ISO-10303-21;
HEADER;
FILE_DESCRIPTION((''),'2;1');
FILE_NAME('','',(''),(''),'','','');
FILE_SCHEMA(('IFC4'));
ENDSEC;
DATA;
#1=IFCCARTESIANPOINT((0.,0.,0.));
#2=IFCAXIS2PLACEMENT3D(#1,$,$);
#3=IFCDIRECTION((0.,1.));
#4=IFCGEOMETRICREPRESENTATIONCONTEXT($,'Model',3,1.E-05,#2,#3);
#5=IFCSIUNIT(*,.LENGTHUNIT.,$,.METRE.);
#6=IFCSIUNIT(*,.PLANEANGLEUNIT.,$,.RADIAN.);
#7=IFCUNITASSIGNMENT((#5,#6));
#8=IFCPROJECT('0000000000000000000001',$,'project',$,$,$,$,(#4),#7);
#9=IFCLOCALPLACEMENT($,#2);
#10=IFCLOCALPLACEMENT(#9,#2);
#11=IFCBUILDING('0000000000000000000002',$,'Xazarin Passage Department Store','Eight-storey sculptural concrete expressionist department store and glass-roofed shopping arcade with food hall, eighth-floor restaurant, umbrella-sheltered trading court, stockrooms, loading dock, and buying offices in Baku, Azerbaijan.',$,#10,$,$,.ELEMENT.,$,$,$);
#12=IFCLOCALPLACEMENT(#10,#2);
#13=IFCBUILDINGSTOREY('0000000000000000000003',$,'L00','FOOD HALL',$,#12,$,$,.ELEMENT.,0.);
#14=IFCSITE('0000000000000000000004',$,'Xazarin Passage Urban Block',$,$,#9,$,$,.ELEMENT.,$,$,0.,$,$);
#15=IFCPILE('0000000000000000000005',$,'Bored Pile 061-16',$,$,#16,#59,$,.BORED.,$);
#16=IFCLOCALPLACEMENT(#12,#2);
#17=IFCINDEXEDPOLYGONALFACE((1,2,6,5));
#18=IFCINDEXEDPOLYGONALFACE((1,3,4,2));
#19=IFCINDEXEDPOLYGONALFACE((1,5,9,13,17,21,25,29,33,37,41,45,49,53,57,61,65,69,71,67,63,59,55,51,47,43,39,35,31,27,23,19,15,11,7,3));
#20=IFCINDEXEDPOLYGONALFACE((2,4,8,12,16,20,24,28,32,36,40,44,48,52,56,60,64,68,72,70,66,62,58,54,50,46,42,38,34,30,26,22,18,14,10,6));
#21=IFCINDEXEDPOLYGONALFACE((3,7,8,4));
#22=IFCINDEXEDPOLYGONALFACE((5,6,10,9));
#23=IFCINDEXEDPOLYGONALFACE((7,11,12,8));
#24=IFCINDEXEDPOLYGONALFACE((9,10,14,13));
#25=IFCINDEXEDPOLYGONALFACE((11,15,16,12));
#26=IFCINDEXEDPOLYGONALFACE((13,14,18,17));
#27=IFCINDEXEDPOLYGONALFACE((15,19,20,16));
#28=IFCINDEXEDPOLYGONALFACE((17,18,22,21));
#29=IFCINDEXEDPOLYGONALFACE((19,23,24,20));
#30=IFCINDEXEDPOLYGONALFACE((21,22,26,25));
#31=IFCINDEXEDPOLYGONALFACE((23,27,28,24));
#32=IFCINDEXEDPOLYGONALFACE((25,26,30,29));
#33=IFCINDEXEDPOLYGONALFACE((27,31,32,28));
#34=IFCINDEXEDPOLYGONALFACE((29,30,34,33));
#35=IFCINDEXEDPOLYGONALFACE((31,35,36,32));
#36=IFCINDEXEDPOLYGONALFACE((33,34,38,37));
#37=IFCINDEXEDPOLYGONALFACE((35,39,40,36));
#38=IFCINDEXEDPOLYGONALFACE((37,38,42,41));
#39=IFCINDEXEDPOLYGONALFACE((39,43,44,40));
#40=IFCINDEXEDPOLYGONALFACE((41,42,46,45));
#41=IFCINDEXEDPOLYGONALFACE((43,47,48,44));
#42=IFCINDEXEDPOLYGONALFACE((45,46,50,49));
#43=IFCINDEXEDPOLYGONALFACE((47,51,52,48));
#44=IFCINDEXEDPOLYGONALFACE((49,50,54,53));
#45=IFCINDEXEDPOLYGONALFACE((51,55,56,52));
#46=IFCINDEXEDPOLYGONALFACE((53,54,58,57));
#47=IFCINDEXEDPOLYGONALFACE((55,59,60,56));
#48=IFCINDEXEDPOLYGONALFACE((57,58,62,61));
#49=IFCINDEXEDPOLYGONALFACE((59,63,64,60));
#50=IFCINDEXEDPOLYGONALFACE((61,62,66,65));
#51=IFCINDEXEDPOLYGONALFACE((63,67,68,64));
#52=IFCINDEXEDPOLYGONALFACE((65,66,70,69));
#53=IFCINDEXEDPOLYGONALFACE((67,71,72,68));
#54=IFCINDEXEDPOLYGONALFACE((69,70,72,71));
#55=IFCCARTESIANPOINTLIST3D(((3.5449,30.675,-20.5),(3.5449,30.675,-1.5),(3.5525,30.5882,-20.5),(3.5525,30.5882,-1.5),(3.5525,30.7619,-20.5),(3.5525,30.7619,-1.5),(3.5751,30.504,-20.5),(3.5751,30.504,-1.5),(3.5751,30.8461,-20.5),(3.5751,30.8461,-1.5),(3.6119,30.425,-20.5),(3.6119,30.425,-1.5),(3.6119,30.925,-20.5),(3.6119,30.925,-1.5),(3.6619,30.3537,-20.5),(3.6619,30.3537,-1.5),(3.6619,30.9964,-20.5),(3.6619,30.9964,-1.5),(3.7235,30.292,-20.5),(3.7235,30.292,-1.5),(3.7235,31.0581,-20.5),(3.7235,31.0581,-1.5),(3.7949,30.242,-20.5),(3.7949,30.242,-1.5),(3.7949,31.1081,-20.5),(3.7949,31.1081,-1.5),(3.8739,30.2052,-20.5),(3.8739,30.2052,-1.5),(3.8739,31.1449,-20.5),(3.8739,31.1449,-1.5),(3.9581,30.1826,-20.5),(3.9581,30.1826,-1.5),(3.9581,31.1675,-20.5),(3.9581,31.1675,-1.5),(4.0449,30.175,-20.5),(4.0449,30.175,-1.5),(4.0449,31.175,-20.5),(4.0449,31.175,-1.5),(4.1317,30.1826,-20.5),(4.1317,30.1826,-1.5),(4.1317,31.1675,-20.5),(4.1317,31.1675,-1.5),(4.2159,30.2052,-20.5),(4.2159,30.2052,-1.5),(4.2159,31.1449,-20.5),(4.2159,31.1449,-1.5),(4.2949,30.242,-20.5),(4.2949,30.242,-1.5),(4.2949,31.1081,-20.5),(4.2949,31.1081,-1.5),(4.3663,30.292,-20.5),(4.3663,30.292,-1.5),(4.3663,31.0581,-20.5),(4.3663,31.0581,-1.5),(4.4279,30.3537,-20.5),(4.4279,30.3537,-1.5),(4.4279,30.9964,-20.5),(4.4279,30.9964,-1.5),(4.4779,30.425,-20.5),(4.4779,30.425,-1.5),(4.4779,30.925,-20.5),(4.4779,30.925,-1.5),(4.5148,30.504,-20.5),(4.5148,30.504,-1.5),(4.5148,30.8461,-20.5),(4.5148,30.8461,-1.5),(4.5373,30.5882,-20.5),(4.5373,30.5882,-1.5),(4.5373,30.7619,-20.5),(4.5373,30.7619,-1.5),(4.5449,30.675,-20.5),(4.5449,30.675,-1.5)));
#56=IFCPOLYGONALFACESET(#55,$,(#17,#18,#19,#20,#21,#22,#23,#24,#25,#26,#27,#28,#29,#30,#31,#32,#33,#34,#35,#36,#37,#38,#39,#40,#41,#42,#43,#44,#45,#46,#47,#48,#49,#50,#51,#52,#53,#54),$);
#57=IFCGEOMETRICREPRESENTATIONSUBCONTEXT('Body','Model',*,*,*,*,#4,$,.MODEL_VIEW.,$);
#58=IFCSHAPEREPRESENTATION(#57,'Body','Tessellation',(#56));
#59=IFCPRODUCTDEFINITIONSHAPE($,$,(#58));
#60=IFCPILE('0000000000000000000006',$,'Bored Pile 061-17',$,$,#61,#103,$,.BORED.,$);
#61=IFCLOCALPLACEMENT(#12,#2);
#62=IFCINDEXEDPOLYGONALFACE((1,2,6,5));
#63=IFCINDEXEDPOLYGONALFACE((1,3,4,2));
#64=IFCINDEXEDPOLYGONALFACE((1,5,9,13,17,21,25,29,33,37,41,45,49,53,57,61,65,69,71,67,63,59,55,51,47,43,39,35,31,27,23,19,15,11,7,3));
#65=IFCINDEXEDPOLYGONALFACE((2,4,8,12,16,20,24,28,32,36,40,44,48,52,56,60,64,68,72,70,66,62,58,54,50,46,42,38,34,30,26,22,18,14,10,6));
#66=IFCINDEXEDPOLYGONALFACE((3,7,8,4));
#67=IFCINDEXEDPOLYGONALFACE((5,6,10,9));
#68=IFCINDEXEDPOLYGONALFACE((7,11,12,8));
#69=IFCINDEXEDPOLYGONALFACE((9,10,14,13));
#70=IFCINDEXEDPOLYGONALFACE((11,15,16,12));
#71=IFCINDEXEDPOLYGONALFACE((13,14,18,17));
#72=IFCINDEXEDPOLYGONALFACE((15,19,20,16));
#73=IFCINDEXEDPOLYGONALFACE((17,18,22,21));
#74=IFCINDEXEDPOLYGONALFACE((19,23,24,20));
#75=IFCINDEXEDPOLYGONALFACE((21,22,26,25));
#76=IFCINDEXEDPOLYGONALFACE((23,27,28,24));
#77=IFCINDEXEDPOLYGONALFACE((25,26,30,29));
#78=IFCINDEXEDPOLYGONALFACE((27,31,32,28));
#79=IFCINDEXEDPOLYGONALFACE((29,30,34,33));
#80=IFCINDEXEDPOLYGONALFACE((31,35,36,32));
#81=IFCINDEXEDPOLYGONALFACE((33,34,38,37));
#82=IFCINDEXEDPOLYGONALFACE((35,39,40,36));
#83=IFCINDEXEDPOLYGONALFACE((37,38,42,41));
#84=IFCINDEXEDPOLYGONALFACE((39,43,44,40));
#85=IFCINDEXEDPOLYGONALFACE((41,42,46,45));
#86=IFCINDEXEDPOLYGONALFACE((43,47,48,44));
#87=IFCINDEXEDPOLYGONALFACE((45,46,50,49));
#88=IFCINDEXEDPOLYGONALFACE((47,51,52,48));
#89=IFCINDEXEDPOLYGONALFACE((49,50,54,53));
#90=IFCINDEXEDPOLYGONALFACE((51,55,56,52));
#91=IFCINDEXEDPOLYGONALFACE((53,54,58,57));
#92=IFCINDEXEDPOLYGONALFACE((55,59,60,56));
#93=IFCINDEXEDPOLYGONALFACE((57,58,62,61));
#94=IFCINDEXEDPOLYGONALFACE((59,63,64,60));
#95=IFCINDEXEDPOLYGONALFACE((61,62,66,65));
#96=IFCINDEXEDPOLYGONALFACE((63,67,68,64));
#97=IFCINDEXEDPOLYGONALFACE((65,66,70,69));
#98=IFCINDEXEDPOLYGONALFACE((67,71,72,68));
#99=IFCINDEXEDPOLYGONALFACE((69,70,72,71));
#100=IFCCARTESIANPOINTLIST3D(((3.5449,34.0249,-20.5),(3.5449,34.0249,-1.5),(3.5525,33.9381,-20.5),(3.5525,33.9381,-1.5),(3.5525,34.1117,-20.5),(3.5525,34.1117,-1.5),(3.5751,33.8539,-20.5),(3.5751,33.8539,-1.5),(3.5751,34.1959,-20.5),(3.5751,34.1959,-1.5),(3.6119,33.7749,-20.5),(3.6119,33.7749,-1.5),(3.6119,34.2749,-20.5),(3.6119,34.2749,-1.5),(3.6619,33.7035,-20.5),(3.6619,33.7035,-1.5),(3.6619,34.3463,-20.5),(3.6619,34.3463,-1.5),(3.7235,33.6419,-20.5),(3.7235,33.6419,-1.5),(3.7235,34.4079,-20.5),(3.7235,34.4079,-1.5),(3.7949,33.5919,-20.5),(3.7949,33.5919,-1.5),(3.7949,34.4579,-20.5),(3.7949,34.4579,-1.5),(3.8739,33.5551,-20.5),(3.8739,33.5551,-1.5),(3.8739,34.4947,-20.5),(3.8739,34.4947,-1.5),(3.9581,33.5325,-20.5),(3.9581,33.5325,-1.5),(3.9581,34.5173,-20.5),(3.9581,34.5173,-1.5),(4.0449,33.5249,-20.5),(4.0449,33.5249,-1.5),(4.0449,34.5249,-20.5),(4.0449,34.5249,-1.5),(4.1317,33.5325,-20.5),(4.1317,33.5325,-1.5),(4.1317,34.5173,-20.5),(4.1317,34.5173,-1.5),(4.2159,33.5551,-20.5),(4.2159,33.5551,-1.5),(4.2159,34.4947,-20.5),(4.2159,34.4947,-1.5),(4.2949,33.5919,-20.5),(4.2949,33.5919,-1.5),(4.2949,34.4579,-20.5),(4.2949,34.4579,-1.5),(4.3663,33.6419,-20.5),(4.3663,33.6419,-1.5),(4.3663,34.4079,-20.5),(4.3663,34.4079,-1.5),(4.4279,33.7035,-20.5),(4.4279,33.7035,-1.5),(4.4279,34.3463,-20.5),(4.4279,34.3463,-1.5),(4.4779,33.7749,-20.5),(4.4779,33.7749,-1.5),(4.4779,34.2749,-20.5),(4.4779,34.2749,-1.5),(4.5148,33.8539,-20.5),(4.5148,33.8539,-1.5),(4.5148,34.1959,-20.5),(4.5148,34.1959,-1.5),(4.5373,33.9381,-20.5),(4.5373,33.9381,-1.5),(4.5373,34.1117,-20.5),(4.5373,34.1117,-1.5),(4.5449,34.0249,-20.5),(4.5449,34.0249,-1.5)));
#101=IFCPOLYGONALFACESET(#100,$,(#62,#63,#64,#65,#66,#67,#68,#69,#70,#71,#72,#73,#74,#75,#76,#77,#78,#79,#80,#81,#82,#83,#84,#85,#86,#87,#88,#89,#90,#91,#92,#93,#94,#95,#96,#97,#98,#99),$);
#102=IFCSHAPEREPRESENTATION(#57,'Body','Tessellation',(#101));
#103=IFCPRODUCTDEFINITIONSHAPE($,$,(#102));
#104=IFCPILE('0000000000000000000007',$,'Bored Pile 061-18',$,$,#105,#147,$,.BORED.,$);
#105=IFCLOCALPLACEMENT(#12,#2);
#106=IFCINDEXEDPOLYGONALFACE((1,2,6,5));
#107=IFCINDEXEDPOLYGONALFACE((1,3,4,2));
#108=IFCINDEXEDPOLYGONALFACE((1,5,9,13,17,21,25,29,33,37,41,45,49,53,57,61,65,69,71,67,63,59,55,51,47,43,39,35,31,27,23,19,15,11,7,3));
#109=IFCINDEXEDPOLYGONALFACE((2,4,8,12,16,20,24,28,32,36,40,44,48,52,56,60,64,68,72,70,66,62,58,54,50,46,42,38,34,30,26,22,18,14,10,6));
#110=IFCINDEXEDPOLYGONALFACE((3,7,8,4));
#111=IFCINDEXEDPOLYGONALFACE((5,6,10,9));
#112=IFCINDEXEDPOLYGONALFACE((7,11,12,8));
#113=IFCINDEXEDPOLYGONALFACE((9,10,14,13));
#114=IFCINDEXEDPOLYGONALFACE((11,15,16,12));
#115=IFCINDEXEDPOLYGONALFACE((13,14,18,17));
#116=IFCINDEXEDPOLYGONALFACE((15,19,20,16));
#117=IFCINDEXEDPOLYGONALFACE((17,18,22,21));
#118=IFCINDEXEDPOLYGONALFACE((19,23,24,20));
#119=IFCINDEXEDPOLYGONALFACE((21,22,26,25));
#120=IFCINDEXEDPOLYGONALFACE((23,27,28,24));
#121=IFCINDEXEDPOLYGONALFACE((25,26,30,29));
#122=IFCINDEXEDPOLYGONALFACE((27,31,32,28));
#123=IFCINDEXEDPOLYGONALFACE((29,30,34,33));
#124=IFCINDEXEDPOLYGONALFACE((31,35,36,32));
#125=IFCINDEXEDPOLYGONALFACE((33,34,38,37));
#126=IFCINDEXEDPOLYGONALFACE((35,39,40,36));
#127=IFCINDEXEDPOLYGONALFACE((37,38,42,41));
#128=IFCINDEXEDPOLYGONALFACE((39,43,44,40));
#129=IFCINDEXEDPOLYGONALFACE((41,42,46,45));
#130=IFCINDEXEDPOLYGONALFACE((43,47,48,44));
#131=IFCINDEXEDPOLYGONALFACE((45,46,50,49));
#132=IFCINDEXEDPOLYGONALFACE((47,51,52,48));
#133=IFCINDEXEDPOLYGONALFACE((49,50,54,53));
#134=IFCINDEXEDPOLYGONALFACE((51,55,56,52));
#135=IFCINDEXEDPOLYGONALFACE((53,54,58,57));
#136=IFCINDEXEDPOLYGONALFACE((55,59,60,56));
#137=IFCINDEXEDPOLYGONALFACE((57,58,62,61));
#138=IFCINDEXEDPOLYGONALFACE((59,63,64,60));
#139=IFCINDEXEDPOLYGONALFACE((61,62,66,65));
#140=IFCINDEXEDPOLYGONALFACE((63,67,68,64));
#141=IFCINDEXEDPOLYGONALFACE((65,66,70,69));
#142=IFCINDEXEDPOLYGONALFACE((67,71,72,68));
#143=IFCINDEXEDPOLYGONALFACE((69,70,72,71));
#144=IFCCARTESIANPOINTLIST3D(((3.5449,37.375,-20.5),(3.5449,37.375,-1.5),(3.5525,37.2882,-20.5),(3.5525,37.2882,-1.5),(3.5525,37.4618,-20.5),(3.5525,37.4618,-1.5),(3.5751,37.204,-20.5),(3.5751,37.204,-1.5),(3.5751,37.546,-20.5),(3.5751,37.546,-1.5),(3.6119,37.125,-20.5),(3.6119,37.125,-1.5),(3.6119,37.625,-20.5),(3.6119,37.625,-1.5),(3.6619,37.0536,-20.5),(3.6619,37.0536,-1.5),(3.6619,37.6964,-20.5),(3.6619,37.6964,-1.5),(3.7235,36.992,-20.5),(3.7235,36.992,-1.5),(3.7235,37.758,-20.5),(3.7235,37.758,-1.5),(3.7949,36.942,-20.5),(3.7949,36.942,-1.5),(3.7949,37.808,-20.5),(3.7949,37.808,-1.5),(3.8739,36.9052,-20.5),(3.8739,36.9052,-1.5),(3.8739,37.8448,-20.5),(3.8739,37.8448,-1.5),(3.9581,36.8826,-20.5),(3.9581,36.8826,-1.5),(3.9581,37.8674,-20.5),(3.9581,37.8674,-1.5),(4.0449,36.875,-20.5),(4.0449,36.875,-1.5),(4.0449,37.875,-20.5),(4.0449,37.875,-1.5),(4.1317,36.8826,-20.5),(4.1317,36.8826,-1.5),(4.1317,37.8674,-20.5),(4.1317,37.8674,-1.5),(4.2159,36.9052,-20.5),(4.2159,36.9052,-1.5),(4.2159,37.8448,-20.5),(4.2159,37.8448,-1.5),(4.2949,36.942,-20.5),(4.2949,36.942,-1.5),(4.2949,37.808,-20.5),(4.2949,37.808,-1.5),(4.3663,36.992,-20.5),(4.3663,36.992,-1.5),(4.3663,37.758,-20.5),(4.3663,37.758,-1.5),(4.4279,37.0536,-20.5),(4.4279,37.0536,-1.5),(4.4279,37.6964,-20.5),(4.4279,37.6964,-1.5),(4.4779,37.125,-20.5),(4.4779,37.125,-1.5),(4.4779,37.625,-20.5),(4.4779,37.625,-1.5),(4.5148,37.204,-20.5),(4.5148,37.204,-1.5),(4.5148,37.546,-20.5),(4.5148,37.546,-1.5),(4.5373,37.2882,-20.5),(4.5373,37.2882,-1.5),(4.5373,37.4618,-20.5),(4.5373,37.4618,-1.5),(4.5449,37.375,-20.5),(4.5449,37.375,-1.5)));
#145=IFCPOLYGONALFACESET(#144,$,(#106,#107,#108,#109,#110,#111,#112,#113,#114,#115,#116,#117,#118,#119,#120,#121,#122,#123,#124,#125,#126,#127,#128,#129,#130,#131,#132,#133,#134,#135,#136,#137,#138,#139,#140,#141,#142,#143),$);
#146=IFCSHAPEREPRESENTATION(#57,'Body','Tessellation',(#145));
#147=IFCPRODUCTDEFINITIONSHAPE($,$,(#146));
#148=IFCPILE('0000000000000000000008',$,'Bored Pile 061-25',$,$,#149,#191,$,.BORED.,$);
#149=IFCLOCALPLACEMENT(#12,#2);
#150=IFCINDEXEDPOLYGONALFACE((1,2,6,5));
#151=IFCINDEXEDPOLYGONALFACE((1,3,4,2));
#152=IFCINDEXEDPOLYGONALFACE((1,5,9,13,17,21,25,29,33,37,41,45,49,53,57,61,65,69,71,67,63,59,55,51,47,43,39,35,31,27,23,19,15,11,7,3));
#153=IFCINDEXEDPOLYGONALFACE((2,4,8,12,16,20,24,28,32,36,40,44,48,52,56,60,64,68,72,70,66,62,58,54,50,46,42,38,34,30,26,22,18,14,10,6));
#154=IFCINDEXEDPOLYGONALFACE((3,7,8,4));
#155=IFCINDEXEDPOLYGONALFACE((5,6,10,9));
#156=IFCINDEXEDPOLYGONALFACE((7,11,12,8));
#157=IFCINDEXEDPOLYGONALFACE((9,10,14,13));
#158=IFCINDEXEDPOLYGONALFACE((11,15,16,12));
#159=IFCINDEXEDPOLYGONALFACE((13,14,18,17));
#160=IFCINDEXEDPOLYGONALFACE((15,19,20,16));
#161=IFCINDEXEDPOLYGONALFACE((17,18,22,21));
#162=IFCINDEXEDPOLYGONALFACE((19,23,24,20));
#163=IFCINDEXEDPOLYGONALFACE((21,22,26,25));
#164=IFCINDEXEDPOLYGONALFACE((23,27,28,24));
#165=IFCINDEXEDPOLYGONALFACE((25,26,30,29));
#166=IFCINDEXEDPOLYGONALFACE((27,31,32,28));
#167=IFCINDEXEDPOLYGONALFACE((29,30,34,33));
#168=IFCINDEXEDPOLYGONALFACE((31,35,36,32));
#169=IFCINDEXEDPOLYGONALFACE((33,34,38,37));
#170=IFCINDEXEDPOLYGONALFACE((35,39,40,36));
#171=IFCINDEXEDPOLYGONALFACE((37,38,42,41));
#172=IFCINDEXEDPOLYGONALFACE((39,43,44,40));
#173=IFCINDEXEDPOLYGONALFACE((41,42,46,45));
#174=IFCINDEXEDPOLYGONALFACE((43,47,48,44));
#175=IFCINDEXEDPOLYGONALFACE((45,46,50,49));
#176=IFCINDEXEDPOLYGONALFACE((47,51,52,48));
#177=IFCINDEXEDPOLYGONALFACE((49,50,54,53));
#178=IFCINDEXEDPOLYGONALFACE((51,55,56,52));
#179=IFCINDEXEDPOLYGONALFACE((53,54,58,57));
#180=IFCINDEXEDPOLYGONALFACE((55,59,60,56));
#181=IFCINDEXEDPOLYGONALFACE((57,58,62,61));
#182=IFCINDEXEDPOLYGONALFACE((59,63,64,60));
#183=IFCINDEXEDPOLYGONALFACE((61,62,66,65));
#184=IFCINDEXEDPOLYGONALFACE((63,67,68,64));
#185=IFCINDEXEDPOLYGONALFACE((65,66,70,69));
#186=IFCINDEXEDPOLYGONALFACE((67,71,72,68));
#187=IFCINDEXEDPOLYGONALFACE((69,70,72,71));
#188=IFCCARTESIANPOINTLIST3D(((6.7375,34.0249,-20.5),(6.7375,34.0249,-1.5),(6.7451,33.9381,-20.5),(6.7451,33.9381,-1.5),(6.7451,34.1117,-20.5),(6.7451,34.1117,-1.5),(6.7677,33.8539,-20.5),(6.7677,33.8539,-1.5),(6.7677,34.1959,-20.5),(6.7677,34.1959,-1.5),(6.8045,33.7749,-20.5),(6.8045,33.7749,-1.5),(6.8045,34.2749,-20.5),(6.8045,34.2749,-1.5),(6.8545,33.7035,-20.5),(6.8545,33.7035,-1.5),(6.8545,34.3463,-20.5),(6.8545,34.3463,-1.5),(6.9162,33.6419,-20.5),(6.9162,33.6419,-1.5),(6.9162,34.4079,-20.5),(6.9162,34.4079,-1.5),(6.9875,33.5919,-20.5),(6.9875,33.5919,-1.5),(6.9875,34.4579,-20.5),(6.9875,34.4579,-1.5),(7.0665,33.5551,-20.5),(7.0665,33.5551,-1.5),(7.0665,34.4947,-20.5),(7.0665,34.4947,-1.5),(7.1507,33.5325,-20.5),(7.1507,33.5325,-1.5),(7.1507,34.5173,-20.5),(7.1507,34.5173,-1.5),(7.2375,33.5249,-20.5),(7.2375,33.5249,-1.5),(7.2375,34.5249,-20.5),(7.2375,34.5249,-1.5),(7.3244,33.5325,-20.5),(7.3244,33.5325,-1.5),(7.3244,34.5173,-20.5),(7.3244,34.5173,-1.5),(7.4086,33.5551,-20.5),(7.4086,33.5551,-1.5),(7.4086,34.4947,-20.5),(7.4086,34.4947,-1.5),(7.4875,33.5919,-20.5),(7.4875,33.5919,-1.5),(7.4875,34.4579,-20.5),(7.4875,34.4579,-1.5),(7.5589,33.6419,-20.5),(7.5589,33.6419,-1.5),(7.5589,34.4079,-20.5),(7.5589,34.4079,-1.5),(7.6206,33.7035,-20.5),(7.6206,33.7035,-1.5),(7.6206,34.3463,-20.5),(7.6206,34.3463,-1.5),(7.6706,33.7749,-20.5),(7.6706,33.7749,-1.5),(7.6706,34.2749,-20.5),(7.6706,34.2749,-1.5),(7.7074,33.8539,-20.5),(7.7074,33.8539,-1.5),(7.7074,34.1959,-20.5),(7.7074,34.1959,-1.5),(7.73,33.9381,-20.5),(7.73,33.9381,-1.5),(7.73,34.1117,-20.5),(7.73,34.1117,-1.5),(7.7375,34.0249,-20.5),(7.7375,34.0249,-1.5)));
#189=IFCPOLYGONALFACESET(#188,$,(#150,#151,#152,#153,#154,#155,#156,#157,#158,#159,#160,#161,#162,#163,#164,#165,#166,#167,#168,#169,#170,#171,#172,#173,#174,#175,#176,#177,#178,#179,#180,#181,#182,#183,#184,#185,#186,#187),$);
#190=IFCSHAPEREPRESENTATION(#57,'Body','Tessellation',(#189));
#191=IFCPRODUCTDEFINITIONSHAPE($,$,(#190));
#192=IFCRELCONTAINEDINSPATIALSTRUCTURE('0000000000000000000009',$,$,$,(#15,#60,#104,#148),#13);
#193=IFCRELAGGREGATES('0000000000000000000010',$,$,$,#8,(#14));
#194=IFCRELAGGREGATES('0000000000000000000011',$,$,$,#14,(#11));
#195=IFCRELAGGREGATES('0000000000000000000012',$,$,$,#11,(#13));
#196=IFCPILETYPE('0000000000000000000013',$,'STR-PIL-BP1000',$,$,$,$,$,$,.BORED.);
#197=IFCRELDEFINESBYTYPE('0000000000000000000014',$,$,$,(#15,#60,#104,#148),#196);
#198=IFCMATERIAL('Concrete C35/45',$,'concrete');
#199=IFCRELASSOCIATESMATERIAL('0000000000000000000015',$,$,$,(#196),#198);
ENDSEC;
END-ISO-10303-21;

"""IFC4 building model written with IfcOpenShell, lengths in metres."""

from ifc_helpers import new_model, si_unit, direction, frame, origin, origin_2d, place, context, subcontext, project, spatial, circle, extrude, material, material_profile, profile_set, type_object, element, save


model = new_model("IFC4")

# Units and contexts
model_context = context("Model", 3, precision=1e-05, world=origin(), true_north=direction((0.0, 1.0)))
body_context = subcontext(model_context, "Body", "Model", "MODEL_VIEW")
ifc_project = project(units=[si_unit("LENGTHUNIT", "METRE"), si_unit("PLANEANGLEUNIT", "RADIAN")], contexts=[model_context])

# Site, building, storey
site_placement = place(None, origin())
site = spatial("IfcSite", under=ifc_project, at=site_placement, Name="Xazarin Passage Urban Block", CompositionType="ELEMENT", RefElevation=0.0)
building_placement = place(site_placement, origin())
building = spatial("IfcBuilding", under=site, at=building_placement, Name="Xazarin Passage Department Store", Description="Eight-storey sculptural concrete expressionist department store and glass-roofed shopping arcade with food hall, eighth-floor restaurant, umbrella-sheltered trading court, stockrooms, loading dock, and buying offices in Baku, Azerbaijan.", CompositionType="ELEMENT")
storey_placement = place(building_placement, origin())
storey = spatial("IfcBuildingStorey", under=building, at=storey_placement, Name="L00", Description="FOOD HALL", CompositionType="ELEMENT", Elevation=0.0)

# Piles
ifc_material_1 = material(Name="Concrete C35/45", Category="concrete")
ifc_material_profile_1 = material_profile(ifc_material_1, circle(Radius=0.5, at=origin_2d()), Name="BP 1000")
ifc_profile_set_1 = profile_set([ifc_material_profile_1], Name="Concrete C35/45")
pile_type_1 = type_object("IfcPileType", Name="STR-PIL-BP1000", PredefinedType="BORED", material=ifc_profile_set_1)
for number, where, z_axis, x_axis, name in (
    (1, (4.0449, 30.675, -1.5), (0.0, 0.0, -1.0), (1.0, 0.0, 0.0), "Bored Pile 061-16"),
    (2, (4.0449, 34.0249, -1.5), (0.0, 0.0, -1.0), (1.0, 0.0, 0.0), "Bored Pile 061-17"),
    (3, (4.0449, 37.375, -1.5), (0.0, 0.0, -1.0), (1.0, 0.0, 0.0), "Bored Pile 061-18"),
    (4, (7.2375, 34.0249, -1.5), (0.0, 0.0, -1.0), (1.0, 0.0, 0.0), "Bored Pile 061-25"),
):
    element("IfcPile", number, at=place(storey_placement, frame(where, z_axis=z_axis, x_axis=x_axis)), inside=storey, type_object=pile_type_1, Name=name, PredefinedType="BORED", context=body_context, shape_type="SweptSolid", body=[
        extrude(circle(Radius=0.5, at=origin_2d()), origin(), (0.0, 0.0, 1.0), 19.0),
    ])

save(model, "model.ifc")
